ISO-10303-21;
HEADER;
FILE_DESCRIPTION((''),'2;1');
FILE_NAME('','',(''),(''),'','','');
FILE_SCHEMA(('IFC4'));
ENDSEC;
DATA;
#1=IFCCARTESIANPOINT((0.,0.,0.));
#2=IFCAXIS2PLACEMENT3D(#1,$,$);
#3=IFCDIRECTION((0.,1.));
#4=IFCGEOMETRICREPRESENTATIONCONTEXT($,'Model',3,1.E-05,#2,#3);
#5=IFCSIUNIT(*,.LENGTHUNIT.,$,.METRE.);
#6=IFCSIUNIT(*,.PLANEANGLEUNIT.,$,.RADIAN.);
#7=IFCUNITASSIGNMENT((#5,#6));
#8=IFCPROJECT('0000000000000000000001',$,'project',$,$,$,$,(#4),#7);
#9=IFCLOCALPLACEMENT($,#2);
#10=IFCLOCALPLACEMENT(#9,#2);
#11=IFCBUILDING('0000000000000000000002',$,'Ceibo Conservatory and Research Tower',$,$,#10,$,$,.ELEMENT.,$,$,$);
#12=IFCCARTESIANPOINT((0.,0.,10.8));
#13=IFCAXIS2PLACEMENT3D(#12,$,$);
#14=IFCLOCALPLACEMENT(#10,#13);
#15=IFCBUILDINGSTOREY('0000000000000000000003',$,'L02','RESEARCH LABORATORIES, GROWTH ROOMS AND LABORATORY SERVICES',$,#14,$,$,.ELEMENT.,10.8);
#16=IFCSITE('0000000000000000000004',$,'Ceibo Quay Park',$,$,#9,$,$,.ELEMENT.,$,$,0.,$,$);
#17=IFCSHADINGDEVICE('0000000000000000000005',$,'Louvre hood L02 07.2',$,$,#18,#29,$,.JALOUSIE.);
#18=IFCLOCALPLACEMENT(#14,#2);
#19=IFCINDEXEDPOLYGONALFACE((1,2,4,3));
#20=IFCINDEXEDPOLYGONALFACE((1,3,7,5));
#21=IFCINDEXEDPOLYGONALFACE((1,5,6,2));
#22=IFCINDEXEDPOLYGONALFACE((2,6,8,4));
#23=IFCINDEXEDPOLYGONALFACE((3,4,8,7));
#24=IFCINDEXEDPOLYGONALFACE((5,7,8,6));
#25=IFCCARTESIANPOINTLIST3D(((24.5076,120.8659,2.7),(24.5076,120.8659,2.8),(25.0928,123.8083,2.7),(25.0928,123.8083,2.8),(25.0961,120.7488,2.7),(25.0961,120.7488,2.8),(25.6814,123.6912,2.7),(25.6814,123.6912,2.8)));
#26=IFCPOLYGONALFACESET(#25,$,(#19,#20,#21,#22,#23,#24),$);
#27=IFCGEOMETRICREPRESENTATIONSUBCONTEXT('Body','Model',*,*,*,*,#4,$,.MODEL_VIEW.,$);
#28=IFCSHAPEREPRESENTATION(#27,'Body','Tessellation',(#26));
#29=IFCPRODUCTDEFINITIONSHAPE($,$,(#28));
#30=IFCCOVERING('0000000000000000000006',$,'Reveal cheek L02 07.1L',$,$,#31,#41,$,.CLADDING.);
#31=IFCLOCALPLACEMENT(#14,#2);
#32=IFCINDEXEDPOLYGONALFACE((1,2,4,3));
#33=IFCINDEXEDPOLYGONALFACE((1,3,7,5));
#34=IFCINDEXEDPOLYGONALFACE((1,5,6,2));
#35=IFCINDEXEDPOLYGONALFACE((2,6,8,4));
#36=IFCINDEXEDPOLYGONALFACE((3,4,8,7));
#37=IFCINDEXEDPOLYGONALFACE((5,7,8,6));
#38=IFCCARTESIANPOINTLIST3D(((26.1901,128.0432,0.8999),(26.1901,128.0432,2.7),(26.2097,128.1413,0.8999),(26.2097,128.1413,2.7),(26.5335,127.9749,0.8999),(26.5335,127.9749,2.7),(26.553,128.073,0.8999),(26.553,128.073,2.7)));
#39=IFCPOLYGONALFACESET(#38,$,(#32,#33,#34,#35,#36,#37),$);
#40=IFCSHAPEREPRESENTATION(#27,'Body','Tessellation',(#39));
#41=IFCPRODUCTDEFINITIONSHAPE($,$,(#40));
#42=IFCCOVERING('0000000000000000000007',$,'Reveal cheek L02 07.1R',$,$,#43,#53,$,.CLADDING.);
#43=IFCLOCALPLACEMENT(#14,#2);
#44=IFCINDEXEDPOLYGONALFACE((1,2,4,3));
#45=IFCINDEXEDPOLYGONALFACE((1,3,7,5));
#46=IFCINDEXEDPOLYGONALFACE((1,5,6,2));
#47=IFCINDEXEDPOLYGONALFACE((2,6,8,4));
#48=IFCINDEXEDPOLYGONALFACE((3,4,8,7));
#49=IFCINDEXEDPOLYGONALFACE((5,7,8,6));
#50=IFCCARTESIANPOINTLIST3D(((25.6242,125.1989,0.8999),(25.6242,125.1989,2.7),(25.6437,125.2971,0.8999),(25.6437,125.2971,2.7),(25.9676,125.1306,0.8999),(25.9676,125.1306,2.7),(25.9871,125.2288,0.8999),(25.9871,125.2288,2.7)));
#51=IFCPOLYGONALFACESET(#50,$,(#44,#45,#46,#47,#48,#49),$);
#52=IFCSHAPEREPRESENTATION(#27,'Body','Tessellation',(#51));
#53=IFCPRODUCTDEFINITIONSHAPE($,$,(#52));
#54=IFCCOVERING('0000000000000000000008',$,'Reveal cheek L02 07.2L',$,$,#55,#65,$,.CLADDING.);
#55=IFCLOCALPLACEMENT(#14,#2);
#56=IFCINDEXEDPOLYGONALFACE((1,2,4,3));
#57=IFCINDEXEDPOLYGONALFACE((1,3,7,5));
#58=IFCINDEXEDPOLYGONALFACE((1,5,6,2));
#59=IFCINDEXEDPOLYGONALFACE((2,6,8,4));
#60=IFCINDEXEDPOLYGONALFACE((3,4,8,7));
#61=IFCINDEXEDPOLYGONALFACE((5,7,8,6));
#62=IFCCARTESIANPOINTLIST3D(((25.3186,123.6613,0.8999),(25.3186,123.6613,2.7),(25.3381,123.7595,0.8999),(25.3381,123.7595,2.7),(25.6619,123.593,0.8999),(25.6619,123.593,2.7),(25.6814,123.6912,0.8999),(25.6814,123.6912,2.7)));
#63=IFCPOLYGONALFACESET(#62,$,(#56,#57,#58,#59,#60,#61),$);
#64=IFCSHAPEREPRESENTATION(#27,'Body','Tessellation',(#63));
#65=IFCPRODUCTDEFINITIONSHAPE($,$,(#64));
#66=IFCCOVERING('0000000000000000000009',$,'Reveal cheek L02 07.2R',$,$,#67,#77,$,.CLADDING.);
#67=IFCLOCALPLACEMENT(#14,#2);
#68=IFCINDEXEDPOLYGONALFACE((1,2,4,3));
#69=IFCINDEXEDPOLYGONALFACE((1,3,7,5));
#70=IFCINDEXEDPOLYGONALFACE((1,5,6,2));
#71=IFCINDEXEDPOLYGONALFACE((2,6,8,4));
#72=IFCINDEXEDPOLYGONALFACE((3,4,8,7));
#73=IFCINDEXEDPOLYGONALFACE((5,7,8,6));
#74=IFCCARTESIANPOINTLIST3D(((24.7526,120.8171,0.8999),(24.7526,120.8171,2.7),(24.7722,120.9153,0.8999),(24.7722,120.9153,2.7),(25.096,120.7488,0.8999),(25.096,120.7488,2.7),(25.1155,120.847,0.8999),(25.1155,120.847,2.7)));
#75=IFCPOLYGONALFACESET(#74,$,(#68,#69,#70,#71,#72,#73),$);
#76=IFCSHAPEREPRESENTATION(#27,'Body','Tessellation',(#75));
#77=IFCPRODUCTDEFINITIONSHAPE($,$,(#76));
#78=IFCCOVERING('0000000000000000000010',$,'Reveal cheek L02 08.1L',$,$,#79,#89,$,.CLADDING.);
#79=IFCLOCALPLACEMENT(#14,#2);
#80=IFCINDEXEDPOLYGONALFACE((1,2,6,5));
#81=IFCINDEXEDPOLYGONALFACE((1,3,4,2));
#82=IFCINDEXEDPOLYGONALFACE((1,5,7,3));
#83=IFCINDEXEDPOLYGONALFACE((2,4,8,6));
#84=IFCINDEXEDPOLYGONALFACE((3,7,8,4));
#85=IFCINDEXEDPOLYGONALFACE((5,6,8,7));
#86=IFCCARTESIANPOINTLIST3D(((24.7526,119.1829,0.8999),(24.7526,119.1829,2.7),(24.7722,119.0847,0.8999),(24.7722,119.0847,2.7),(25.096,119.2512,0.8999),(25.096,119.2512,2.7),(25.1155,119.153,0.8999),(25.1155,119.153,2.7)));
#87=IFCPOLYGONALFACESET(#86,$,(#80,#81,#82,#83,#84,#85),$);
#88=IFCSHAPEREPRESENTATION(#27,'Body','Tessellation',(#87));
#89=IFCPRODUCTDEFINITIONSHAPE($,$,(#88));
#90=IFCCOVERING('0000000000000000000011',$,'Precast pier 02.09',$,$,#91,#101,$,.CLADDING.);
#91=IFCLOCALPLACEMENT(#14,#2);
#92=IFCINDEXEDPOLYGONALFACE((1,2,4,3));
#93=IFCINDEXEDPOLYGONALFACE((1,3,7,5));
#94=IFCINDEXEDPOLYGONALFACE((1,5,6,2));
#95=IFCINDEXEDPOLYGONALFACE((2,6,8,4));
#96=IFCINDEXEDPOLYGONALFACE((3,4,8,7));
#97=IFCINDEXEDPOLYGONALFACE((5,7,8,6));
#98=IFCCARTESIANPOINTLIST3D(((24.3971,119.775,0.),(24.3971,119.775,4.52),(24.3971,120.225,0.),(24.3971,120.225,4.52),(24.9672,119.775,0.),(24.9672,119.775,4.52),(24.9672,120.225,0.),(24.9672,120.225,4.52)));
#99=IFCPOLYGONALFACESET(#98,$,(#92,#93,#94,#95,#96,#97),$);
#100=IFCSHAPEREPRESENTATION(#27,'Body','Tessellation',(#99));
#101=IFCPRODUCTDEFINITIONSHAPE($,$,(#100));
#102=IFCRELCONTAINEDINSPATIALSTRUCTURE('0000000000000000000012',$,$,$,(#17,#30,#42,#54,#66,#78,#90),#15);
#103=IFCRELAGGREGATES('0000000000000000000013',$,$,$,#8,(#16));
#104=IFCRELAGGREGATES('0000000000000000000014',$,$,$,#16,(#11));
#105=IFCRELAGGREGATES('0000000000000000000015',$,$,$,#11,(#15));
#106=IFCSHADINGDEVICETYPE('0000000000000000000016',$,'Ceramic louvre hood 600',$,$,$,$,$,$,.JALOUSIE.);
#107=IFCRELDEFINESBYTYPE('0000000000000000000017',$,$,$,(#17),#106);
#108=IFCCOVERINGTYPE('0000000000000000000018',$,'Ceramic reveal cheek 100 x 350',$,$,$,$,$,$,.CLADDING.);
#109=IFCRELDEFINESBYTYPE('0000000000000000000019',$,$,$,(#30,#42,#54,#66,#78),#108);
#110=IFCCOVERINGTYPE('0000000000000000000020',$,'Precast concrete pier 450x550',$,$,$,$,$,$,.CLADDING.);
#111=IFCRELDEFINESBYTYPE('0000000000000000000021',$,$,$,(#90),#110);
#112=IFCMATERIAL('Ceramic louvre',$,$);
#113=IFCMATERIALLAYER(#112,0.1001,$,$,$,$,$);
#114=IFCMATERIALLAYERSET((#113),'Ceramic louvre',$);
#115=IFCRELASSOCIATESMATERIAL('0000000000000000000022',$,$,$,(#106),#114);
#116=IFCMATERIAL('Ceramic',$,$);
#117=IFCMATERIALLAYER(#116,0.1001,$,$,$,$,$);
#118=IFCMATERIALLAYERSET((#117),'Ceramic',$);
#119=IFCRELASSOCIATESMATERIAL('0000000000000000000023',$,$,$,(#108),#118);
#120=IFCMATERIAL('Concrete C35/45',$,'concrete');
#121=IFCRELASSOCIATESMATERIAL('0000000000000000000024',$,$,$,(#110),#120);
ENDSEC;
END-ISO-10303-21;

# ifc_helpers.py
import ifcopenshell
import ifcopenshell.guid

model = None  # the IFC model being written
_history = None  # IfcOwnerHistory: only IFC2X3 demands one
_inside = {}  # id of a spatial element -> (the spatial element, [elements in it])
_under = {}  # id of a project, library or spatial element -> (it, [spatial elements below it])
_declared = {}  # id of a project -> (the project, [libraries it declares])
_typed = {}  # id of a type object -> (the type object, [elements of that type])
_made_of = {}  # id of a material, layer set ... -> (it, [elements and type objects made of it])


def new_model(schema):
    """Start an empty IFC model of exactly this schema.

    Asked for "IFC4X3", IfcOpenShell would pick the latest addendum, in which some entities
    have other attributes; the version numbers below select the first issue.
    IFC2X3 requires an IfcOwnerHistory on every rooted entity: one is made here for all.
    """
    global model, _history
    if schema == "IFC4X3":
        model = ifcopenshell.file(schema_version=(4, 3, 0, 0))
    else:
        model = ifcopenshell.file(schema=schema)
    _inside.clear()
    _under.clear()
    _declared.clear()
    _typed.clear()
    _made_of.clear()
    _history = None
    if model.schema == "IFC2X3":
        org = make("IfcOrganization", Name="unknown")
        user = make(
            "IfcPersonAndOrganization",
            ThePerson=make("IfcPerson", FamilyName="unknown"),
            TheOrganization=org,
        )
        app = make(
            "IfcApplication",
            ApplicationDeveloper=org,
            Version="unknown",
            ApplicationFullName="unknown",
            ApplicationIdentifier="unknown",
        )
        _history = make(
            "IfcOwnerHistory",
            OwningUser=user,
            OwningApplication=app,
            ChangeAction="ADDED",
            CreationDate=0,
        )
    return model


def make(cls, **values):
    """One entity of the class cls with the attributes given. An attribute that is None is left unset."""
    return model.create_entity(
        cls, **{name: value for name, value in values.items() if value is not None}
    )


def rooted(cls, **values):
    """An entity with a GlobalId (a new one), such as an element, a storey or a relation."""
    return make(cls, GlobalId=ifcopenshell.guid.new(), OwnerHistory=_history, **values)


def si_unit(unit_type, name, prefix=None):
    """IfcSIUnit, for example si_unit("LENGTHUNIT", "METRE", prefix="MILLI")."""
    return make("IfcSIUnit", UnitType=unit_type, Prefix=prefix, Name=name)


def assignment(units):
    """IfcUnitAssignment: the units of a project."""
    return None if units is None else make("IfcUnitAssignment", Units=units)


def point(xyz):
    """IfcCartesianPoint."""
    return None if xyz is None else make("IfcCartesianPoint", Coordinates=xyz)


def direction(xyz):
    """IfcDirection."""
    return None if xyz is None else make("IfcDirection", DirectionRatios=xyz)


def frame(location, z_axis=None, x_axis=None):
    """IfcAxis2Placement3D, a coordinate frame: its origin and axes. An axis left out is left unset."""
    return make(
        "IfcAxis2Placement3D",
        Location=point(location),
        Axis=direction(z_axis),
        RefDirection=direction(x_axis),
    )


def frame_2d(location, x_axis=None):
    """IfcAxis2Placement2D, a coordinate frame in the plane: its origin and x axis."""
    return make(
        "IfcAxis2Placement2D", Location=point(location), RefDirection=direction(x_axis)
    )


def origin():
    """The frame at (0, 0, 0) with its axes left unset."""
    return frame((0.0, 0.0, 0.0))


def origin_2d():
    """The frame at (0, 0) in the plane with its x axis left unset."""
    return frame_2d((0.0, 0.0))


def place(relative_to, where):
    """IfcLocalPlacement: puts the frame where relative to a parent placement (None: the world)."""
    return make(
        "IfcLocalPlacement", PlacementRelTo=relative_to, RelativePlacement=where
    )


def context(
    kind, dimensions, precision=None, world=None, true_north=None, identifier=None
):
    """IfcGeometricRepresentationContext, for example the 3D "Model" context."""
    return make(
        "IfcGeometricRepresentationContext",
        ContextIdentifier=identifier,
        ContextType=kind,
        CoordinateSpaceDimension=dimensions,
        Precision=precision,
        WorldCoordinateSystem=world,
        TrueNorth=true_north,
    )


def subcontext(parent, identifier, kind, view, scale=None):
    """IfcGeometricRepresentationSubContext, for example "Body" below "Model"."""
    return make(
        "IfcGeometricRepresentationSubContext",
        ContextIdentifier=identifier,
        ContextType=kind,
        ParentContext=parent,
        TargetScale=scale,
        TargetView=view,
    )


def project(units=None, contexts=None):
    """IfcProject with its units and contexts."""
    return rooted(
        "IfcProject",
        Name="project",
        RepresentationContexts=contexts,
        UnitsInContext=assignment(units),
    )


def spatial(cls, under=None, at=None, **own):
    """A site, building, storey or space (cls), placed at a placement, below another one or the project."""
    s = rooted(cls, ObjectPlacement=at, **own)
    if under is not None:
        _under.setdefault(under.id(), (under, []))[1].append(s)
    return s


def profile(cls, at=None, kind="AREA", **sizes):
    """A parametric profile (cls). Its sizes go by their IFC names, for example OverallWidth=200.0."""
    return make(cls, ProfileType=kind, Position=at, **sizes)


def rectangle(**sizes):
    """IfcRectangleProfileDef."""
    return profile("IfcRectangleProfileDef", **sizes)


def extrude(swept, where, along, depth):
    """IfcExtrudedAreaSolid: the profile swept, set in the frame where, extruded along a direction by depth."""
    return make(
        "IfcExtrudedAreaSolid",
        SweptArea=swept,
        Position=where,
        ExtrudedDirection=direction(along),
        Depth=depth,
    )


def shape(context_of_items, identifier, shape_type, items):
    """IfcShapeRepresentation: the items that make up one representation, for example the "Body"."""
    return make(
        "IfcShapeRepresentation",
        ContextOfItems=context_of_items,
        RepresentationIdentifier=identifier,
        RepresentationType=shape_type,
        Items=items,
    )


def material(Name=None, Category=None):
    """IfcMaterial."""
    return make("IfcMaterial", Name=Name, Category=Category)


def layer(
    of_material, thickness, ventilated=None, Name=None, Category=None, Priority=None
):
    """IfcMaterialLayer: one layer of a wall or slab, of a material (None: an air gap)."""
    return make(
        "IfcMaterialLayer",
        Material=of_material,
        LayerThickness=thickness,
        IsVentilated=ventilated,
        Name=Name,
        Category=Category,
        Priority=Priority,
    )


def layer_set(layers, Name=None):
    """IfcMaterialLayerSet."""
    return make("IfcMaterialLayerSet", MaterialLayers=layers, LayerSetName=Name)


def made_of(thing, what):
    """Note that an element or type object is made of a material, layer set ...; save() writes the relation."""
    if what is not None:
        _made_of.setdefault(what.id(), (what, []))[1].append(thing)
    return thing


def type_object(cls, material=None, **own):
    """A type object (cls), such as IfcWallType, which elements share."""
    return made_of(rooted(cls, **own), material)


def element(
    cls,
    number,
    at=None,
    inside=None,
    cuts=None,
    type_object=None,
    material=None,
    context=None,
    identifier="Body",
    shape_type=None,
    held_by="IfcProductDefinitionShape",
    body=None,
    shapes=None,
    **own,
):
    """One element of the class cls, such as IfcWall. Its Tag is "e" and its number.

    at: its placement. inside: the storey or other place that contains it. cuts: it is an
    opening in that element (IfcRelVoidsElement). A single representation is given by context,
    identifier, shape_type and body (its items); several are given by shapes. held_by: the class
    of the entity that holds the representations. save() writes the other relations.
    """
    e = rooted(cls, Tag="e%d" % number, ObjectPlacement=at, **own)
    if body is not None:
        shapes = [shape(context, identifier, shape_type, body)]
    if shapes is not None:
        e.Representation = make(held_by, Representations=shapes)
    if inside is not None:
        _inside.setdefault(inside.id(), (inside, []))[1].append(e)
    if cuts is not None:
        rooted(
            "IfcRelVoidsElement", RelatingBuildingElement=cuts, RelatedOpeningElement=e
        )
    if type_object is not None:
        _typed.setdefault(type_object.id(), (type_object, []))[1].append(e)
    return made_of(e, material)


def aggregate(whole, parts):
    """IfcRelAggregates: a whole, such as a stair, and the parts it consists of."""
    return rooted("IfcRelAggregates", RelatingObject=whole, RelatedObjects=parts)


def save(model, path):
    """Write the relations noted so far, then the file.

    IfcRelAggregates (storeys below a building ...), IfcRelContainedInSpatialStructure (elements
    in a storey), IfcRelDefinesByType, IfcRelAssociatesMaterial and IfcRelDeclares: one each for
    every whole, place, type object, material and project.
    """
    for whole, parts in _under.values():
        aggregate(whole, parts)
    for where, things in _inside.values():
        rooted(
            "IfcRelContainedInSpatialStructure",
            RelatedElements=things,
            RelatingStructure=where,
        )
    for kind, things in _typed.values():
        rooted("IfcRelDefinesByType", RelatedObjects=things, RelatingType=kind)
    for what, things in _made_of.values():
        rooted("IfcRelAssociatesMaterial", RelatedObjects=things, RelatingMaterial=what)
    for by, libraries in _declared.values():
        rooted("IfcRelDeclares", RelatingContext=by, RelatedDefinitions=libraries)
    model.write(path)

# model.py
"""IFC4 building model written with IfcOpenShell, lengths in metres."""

from ifc_helpers import new_model, si_unit, direction, frame, origin, origin_2d, place, context, subcontext, project, spatial, rectangle, extrude, material, layer, layer_set, type_object, element, save


model = new_model("IFC4")

# Units and contexts
model_context = context("Model", 3, precision=1e-05, world=origin(), true_north=direction((0.0, 1.0)))
body_context = subcontext(model_context, "Body", "Model", "MODEL_VIEW")
ifc_project = project(units=[si_unit("LENGTHUNIT", "METRE"), si_unit("PLANEANGLEUNIT", "RADIAN")], contexts=[model_context])

# Site, building, storey
site_placement = place(None, origin())
site = spatial("IfcSite", under=ifc_project, at=site_placement, Name="Ceibo Quay Park", CompositionType="ELEMENT", RefElevation=0.0)
building_placement = place(site_placement, origin())
building = spatial("IfcBuilding", under=site, at=building_placement, Name="Ceibo Conservatory and Research Tower", CompositionType="ELEMENT")
storey_placement = place(building_placement, frame((0.0, 0.0, 10.8)))
storey = spatial("IfcBuildingStorey", under=building, at=storey_placement, Name="L02", Description="RESEARCH LABORATORIES, GROWTH ROOMS AND LABORATORY SERVICES", CompositionType="ELEMENT", Elevation=10.8)

# Shared definitions
ifc_material_1 = material(Name="Concrete C35/45", Category="concrete")

# Shading device
ifc_material_2 = material(Name="Ceramic louvre")
ifc_layer_1 = layer(ifc_material_2, 0.1001)
ifc_layer_set_1 = layer_set([ifc_layer_1], Name="Ceramic louvre")
shading_device_type = type_object("IfcShadingDeviceType", Name="Ceramic louvre hood 600", PredefinedType="JALOUSIE", material=ifc_layer_set_1)
for number, where, z_axis, x_axis, name in (
    (1, (25.0945, 122.2786, 2.7), (0.0, 0.0, 1.0), (-0.19509, -0.980785, 0.0), "Louvre hood L02 07.2"),
):
    element("IfcShadingDevice", number, at=place(storey_placement, frame(where, z_axis=z_axis, x_axis=x_axis)), inside=storey, type_object=shading_device_type, Name=name, PredefinedType="JALOUSIE", context=body_context, shape_type="SweptSolid", body=[
        extrude(rectangle(XDim=3.0, YDim=0.6001, at=origin_2d()), origin(), (0.0, 0.0, 1.0), 0.1001),
    ])

# Coverings
ifc_material_3 = material(Name="Ceramic")
ifc_layer_2 = layer(ifc_material_3, 0.1001)
ifc_layer_set_2 = layer_set([ifc_layer_2], Name="Ceramic")
covering_type_1 = type_object("IfcCoveringType", Name="Ceramic reveal cheek 100 x 350", PredefinedType="CLADDING", material=ifc_layer_set_2)
for number, where, z_axis, x_axis, name in (
    (2, (26.3716, 128.0581, 0.8999), (0.0, 0.0, 1.0), (-0.19509, -0.980785, 0.0), "Reveal cheek L02 07.1L"),
    (3, (25.8057, 125.2139, 0.8999), (0.0, 0.0, 1.0), (-0.19509, -0.980785, 0.0), "Reveal cheek L02 07.1R"),
    (4, (25.5, 123.6763, 0.8999), (0.0, 0.0, 1.0), (-0.19509, -0.980785, 0.0), "Reveal cheek L02 07.2L"),
    (5, (24.9341, 120.832, 0.8999), (0.0, 0.0, 1.0), (-0.19509, -0.980785, 0.0), "Reveal cheek L02 07.2R"),
    (6, (24.9341, 119.168, 0.8999), (0.0, 0.0, 1.0), (0.19509, -0.980785, 0.0), "Reveal cheek L02 08.1L"),
):
    element("IfcCovering", number, at=place(storey_placement, frame(where, z_axis=z_axis, x_axis=x_axis)), inside=storey, type_object=covering_type_1, Name=name, PredefinedType="CLADDING", context=body_context, shape_type="SweptSolid", body=[
        extrude(rectangle(XDim=0.1001, YDim=0.3501, at=origin_2d()), origin(), (0.0, 0.0, 1.0), 1.8),
    ])
covering_type_2 = type_object("IfcCoveringType", Name="Precast concrete pier 450x550", PredefinedType="CLADDING", material=ifc_material_1)
covering_placement = place(storey_placement, frame((24.6821, 120.0, 0.0), z_axis=(0.0, 0.0, 1.0), x_axis=(-1.0, 0.0, 0.0)))
element("IfcCovering", 7, at=covering_placement, inside=storey, type_object=covering_type_2, Name="Precast pier 02.09", PredefinedType="CLADDING", context=body_context, shape_type="SweptSolid", body=[
    extrude(rectangle(XDim=0.5701, YDim=0.45, at=origin_2d()), origin(), (0.0, 0.0, 1.0), 4.52),
])

save(model, "model.ifc")
